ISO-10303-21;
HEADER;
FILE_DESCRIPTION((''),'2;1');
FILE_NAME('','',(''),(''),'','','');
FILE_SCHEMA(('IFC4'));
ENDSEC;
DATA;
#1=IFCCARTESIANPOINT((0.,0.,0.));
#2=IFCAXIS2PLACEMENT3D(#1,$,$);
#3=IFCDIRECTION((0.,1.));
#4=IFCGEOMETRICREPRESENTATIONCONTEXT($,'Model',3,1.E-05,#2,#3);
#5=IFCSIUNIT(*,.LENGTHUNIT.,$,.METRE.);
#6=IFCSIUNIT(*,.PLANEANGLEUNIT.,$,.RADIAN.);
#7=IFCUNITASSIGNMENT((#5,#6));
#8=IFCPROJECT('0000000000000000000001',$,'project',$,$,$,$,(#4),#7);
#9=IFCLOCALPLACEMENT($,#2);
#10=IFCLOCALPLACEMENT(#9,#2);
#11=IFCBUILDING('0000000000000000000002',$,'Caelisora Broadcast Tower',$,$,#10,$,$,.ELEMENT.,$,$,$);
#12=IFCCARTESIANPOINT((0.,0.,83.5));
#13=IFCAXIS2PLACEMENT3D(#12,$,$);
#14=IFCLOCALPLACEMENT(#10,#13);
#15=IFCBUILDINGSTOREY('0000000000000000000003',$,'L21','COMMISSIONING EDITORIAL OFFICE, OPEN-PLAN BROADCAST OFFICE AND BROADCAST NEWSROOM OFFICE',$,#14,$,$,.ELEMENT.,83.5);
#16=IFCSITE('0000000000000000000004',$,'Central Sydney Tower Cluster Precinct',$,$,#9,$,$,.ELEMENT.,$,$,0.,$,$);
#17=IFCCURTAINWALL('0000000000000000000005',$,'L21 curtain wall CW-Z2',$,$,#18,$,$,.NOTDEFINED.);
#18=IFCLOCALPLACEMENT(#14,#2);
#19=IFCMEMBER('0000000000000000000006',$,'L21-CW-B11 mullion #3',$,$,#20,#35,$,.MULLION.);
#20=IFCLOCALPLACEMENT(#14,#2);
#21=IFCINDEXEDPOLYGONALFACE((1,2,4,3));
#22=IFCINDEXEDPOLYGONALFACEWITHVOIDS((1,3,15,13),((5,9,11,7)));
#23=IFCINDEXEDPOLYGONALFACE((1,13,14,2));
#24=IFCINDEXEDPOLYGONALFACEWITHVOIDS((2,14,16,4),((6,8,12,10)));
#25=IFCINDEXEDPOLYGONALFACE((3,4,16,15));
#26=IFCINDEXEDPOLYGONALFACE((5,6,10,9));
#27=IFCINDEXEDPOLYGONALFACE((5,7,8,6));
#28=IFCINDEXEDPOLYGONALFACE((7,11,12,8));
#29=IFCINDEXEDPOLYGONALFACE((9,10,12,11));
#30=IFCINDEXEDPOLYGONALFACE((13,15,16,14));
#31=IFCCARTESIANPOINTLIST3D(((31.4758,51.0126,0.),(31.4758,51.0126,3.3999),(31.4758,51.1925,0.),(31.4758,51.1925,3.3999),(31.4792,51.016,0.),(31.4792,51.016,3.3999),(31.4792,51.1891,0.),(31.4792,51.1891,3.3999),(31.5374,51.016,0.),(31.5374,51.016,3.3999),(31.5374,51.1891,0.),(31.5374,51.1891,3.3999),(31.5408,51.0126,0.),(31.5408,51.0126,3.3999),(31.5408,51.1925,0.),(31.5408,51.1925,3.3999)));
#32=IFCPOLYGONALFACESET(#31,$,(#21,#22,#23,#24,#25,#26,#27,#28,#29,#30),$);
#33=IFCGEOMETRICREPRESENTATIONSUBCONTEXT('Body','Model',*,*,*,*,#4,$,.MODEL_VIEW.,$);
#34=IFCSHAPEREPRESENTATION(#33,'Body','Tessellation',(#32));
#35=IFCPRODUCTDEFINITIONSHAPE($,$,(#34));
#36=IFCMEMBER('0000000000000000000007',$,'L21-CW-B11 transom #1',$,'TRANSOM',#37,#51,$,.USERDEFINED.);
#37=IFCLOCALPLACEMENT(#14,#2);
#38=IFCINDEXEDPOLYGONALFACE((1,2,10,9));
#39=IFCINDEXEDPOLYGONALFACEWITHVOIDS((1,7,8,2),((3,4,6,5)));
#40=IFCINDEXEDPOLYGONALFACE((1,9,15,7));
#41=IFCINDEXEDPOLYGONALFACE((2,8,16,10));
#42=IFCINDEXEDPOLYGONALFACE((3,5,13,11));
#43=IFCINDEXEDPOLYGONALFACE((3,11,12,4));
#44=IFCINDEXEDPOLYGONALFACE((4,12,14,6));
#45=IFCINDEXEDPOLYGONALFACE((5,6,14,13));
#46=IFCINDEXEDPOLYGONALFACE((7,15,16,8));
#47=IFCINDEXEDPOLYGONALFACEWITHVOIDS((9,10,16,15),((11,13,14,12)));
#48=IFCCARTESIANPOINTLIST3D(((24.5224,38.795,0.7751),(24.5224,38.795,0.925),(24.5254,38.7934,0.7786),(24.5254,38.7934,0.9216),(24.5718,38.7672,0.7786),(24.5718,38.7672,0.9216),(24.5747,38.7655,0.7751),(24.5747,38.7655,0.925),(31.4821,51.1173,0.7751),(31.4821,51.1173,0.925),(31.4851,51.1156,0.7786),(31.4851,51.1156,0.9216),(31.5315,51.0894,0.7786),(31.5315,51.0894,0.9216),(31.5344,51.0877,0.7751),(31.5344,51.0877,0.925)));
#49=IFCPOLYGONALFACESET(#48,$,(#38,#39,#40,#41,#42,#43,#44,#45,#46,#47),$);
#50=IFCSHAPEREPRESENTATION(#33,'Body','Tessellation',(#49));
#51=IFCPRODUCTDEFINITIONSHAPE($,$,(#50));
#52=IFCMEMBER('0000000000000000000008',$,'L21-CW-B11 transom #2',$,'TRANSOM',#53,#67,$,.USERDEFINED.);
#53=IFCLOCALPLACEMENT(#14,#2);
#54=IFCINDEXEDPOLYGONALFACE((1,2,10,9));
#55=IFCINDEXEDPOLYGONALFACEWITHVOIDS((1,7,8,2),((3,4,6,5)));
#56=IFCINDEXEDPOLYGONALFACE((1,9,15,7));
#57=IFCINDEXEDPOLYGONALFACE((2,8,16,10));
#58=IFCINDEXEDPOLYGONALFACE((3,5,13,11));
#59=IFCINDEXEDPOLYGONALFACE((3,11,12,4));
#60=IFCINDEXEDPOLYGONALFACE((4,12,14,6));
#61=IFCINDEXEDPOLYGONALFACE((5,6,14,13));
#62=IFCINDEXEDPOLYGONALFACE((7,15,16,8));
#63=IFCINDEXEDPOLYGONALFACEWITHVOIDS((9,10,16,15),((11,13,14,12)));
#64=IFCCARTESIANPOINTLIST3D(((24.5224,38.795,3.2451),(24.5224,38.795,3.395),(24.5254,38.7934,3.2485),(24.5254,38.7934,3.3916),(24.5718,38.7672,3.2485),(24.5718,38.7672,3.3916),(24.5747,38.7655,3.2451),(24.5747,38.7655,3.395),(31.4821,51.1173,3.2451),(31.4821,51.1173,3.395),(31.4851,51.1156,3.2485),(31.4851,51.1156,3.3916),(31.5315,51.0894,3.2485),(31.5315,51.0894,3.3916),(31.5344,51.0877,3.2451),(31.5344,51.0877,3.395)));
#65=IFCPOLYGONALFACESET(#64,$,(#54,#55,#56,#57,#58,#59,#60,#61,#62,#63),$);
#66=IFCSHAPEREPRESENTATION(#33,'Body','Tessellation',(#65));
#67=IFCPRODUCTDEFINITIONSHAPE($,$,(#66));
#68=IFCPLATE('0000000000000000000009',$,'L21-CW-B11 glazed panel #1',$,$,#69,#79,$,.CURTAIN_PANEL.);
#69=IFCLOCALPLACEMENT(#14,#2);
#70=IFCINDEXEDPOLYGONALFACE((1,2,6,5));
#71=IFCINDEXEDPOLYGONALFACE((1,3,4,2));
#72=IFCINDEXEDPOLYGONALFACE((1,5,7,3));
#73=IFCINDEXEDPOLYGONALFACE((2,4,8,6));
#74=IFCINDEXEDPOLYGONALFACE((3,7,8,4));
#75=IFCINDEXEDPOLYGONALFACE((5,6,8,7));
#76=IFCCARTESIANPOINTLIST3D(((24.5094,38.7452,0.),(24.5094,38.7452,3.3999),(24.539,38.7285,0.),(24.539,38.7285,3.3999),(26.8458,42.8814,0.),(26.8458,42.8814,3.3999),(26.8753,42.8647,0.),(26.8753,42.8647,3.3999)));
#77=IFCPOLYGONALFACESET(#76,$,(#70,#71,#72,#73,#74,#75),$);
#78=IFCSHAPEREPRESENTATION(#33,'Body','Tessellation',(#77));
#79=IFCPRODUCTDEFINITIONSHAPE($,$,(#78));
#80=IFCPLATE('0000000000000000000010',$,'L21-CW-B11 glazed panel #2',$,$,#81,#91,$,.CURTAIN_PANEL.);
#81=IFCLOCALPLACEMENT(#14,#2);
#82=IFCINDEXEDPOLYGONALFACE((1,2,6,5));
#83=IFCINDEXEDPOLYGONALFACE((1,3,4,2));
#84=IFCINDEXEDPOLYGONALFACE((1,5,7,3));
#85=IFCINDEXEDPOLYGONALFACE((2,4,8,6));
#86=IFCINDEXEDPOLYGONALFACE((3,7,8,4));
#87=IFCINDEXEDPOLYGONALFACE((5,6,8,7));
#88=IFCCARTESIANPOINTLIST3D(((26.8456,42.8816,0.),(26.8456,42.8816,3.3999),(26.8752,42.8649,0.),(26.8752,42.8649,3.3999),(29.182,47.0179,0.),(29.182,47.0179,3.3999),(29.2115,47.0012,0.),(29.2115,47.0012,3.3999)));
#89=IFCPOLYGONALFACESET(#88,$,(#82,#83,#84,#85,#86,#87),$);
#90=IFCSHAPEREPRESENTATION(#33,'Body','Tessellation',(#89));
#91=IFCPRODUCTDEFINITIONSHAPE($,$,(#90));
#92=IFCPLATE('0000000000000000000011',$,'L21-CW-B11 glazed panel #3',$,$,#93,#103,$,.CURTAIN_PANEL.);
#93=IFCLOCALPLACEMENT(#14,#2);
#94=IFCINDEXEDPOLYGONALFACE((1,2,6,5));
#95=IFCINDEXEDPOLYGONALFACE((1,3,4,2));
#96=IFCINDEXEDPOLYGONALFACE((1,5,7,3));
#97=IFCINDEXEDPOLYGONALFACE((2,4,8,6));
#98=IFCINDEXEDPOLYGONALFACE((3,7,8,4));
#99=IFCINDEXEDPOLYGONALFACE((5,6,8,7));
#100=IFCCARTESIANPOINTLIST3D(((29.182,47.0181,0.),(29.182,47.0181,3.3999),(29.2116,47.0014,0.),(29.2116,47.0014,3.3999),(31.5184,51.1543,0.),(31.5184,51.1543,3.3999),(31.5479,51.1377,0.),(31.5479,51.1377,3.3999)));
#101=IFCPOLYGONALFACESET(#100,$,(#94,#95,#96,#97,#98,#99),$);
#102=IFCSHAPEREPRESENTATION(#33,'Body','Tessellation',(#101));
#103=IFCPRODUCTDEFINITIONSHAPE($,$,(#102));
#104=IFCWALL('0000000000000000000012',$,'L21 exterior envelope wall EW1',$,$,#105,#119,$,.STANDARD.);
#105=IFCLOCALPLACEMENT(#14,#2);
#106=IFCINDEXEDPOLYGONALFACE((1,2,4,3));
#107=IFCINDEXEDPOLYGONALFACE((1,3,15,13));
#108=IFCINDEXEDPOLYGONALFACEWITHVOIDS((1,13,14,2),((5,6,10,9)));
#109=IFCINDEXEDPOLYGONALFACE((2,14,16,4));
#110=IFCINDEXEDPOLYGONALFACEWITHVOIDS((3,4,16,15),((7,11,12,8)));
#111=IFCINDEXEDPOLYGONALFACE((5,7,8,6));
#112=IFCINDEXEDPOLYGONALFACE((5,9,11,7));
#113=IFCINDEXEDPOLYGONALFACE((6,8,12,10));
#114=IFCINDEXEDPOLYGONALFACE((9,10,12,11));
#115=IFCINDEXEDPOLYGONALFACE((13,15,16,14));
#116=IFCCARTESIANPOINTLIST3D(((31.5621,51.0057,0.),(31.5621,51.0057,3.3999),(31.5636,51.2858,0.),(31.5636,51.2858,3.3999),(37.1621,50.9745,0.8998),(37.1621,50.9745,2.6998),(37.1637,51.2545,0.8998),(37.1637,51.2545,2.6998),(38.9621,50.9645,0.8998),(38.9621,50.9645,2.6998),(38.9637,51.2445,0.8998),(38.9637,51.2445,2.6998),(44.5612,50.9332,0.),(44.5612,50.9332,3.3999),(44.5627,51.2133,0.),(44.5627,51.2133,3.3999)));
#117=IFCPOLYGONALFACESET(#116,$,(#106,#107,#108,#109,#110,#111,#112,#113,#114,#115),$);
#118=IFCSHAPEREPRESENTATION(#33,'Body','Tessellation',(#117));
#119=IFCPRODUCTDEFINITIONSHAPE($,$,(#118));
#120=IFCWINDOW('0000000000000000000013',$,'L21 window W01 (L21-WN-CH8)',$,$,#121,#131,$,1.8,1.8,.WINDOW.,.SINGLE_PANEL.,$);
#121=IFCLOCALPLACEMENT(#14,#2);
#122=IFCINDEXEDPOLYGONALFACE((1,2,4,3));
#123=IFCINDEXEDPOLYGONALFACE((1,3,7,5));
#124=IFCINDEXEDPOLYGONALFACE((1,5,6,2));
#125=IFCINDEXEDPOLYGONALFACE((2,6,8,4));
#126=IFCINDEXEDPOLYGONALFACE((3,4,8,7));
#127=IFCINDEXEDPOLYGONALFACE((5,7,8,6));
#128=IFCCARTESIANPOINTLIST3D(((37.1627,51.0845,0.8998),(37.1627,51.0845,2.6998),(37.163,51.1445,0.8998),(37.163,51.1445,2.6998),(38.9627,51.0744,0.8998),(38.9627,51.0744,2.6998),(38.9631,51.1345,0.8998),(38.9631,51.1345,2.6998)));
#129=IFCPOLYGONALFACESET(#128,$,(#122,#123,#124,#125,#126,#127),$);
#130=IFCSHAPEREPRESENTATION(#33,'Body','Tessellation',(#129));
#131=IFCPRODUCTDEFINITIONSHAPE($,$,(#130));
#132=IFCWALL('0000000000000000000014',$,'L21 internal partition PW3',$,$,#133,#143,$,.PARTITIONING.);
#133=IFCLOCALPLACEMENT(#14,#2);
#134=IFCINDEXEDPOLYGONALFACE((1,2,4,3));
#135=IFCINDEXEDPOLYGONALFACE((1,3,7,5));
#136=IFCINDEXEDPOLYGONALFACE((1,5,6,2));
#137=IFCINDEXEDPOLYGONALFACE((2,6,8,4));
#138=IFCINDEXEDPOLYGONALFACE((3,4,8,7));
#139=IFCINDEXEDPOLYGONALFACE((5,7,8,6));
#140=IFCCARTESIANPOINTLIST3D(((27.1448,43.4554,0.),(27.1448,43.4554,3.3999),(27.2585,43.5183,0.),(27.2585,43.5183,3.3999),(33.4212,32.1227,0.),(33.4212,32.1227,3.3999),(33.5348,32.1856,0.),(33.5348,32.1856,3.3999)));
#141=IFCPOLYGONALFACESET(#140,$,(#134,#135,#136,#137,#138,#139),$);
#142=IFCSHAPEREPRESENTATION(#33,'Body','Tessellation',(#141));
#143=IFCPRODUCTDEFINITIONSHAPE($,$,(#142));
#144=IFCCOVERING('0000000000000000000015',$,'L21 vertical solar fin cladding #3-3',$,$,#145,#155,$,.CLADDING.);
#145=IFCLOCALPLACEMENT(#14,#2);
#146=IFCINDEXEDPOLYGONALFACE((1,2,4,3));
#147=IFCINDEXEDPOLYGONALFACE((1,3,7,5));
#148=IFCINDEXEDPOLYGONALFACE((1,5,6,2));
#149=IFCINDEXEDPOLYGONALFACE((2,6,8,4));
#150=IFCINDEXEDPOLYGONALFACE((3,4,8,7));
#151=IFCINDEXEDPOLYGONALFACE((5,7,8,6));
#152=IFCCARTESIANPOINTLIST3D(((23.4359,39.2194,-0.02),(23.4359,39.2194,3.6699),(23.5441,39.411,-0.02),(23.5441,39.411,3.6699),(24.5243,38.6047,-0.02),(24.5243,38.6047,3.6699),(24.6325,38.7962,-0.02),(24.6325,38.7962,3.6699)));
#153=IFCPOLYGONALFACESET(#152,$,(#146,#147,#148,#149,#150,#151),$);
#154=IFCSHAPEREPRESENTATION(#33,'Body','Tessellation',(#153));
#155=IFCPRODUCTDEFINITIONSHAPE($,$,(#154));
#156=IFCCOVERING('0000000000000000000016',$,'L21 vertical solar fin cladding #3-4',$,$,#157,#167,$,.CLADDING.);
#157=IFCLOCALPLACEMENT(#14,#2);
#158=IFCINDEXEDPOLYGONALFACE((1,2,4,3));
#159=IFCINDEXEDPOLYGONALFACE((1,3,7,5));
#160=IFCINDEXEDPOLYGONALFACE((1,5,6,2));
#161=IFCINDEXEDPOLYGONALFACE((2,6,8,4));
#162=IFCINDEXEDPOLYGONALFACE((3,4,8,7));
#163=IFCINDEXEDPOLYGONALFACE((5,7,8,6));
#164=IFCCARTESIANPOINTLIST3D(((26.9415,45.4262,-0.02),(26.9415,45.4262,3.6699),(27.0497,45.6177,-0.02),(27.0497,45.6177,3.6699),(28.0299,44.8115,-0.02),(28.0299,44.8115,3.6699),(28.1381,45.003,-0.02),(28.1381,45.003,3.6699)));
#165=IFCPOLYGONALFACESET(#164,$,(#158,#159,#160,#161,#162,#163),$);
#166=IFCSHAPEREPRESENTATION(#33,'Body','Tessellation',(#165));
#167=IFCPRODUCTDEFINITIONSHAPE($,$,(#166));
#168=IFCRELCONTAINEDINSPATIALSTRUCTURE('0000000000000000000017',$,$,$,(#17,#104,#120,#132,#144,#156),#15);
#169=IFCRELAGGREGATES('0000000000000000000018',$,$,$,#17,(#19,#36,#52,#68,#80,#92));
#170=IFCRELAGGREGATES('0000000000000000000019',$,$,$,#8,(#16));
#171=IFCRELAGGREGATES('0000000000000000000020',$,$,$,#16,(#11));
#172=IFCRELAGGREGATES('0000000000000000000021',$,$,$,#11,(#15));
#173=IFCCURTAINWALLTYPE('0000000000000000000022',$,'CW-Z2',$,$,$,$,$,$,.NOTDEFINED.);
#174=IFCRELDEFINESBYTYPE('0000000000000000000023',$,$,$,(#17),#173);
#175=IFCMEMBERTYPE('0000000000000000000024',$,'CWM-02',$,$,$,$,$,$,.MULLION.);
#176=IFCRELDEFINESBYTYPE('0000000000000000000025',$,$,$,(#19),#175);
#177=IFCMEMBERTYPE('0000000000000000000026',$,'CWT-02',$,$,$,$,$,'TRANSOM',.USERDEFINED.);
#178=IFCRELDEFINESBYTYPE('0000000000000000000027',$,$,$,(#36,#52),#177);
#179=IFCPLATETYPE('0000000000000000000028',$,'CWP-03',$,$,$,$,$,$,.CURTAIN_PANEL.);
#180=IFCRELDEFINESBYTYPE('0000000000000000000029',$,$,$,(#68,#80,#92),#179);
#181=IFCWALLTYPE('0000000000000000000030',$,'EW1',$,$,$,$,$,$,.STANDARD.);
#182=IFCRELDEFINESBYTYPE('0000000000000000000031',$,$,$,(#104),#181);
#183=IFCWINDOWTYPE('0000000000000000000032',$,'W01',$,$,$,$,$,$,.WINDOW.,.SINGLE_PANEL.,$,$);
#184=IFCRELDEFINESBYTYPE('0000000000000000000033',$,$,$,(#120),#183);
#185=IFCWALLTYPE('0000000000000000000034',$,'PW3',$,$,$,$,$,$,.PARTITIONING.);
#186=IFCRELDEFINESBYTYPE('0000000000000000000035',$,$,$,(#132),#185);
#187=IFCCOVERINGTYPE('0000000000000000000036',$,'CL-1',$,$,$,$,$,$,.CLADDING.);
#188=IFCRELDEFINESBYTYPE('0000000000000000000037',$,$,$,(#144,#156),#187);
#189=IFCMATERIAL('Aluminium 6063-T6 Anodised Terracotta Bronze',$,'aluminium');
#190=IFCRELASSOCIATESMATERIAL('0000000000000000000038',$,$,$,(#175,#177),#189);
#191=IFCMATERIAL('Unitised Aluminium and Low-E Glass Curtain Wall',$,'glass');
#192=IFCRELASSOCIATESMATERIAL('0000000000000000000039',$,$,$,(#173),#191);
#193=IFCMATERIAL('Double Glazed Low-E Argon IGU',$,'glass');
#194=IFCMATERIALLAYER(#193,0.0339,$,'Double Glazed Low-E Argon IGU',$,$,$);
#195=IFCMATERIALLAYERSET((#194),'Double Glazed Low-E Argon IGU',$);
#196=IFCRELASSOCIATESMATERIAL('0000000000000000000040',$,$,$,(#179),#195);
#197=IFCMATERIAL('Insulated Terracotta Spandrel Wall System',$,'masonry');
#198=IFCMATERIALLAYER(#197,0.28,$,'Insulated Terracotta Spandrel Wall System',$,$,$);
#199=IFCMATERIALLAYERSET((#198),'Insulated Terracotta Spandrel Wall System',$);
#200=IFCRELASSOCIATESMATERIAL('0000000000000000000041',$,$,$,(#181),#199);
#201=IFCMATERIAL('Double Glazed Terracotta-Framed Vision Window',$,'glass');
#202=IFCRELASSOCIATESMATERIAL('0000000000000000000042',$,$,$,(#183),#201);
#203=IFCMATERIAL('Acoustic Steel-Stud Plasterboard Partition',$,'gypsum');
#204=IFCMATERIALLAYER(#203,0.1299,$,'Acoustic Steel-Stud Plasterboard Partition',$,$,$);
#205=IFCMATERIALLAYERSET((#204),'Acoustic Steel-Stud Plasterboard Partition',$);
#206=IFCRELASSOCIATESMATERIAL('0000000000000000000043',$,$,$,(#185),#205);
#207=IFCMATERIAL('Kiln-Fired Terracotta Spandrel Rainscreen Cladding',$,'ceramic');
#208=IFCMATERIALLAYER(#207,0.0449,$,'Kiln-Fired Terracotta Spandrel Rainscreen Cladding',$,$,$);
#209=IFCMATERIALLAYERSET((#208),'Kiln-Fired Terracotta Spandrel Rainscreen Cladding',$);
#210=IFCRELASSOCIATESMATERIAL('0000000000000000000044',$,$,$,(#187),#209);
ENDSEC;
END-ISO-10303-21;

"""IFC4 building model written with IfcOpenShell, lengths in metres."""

from ifc_helpers import new_model, si_unit, direction, frame, frame_2d, origin, origin_2d, place, context, subcontext, project, spatial, rectangle, hollow_rectangle, extrude, source, transform, mapped, material, layer, layer_set, material_profile, profile_set, type_object, type_shapes, element, fill, aggregate, save


model = new_model("IFC4")

# Units and contexts
model_context = context("Model", 3, precision=1e-05, world=origin(), true_north=direction((0.0, 1.0)))
body_context = subcontext(model_context, "Body", "Model", "MODEL_VIEW")
ifc_project = project(units=[si_unit("LENGTHUNIT", "METRE"), si_unit("PLANEANGLEUNIT", "RADIAN")], contexts=[model_context])

# Site, building, storey
site_placement = place(None, origin())
site = spatial("IfcSite", under=ifc_project, at=site_placement, Name="Central Sydney Tower Cluster Precinct", CompositionType="ELEMENT", RefElevation=0.0)
building_placement = place(site_placement, origin())
building = spatial("IfcBuilding", under=site, at=building_placement, Name="Caelisora Broadcast Tower", CompositionType="ELEMENT")
storey_placement = place(building_placement, frame((0.0, 0.0, 83.5)))
storey = spatial("IfcBuildingStorey", under=building, at=storey_placement, Name="L21", Description="COMMISSIONING EDITORIAL OFFICE, OPEN-PLAN BROADCAST OFFICE AND BROADCAST NEWSROOM OFFICE", CompositionType="ELEMENT", Elevation=83.5)

# Shared definitions
ifc_material_1 = material(Name="Aluminium 6063-T6 Anodised Terracotta Bronze", Category="aluminium")
ifc_material_profile_1 = material_profile(ifc_material_1, hollow_rectangle(XDim=0.0649, YDim=0.1799, WallThickness=0.0034, at=origin_2d()), Name="Aluminium 6063-T6 Anodised Terracotta Bronze")
ifc_profile_set_1 = profile_set([ifc_material_profile_1], Name="Aluminium 6063-T6 Anodised Terracotta Bronze")
member_type_1 = type_object("IfcMemberType", Name="CWM-02", PredefinedType="MULLION", material=ifc_profile_set_1)
shared_shape_1 = source(origin(), body_context, "Body", "SweptSolid", [
    extrude(hollow_rectangle(XDim=0.0649, YDim=0.1799, WallThickness=0.0034, at=origin_2d()), origin(), (0.0, 0.0, 1.0), 3.3999),
])
type_shapes(member_type_1, [shared_shape_1])

# Curtain wall, members, plates
ifc_material_2 = material(Name="Unitised Aluminium and Low-E Glass Curtain Wall", Category="glass")
curtain_wall_type_1 = type_object("IfcCurtainWallType", Name="CW-Z2", PredefinedType="NOTDEFINED", material=ifc_material_2)
curtain_wall_1_placement = place(storey_placement, origin())
curtain_wall_1 = element("IfcCurtainWall", 1, at=curtain_wall_1_placement, inside=storey, type_object=curtain_wall_type_1, Name="L21 curtain wall CW-Z2", PredefinedType="NOTDEFINED")
member_1_placement = place(storey_placement, frame((31.5083, 51.1025, 0.0), z_axis=(0.0, 0.0, 1.0), x_axis=(1.0, 0.0, 0.0)))
member_1 = element("IfcMember", 2, at=member_1_placement, type_object=member_type_1, Name="L21-CW-B11 mullion #3", PredefinedType="MULLION", context=body_context, shape_type="MappedRepresentation", body=[
    mapped(shared_shape_1, transform((0.0, 0.0, 0.0), scale=1.0)),
])
ifc_material_profile_2 = material_profile(ifc_material_1, hollow_rectangle(XDim=0.0601, YDim=0.1499, WallThickness=0.0034, at=origin_2d()), Name="Aluminium 6063-T6 Anodised Terracotta Bronze")
ifc_profile_set_2 = profile_set([ifc_material_profile_2], Name="Aluminium 6063-T6 Anodised Terracotta Bronze")
member_type_2 = type_object("IfcMemberType", Name="CWT-02", ElementType="TRANSOM", PredefinedType="USERDEFINED", material=ifc_profile_set_2)
shared_shape_2 = source(origin(), body_context, "Body", "SweptSolid", [
    extrude(hollow_rectangle(XDim=0.0601, YDim=0.1499, WallThickness=0.0034, at=origin_2d()), origin(), (0.0, 0.0, 1.0), 14.1519),
])
type_shapes(member_type_2, [shared_shape_2])
member_2_placement = place(storey_placement, frame((24.5486, 38.7803, 0.8501), z_axis=(0.491787, 0.870715, 0.0), x_axis=(-0.870715, 0.491787, 0.0)))
member_2 = element("IfcMember", 3, at=member_2_placement, type_object=member_type_2, Name="L21-CW-B11 transom #1", ObjectType="TRANSOM", PredefinedType="USERDEFINED", context=body_context, shape_type="MappedRepresentation", body=[
    mapped(shared_shape_2, transform((0.0, 0.0, 0.0), scale=1.0)),
])
member_3_placement = place(storey_placement, frame((24.5486, 38.7803, 3.3201), z_axis=(0.491787, 0.870715, 0.0), x_axis=(-0.870715, 0.491787, 0.0)))
member_3 = element("IfcMember", 4, at=member_3_placement, type_object=member_type_2, Name="L21-CW-B11 transom #2", ObjectType="TRANSOM", PredefinedType="USERDEFINED", context=body_context, shape_type="MappedRepresentation", body=[
    mapped(shared_shape_2, transform((0.0, 0.0, 0.0), scale=1.0)),
])
ifc_material_3 = material(Name="Double Glazed Low-E Argon IGU", Category="glass")
ifc_layer_1 = layer(ifc_material_3, 0.0339, Name="Double Glazed Low-E Argon IGU")
ifc_layer_set_1 = layer_set([ifc_layer_1], Name="Double Glazed Low-E Argon IGU")
plate_type = type_object("IfcPlateType", Name="CWP-03", PredefinedType="CURTAIN_PANEL", material=ifc_layer_set_1)
shared_shape_3 = source(origin(), body_context, "Body", "SweptSolid", [
    extrude(rectangle(XDim=4.7505, YDim=0.0339, at=origin_2d()), origin(), (0.0, 0.0, 1.0), 3.3999),
])
type_shapes(plate_type, [shared_shape_3])
plate_1_placement = place(storey_placement, frame((25.6924, 40.8049, 0.0), z_axis=(0.0, 0.0, 1.0), x_axis=(0.491816, 0.870699, 0.0)))
plate_1 = element("IfcPlate", 5, at=plate_1_placement, type_object=plate_type, Name="L21-CW-B11 glazed panel #1", PredefinedType="CURTAIN_PANEL", context=body_context, shape_type="MappedRepresentation", body=[
    mapped(shared_shape_3, transform((0.0, 0.0, 0.0), scale=1.0)),
])
plate_2_placement = place(storey_placement, frame((28.0286, 44.9414, 0.0), z_axis=(0.0, 0.0, 1.0), x_axis=(0.491816, 0.870699, 0.0)))
plate_2 = element("IfcPlate", 6, at=plate_2_placement, type_object=plate_type, Name="L21-CW-B11 glazed panel #2", PredefinedType="CURTAIN_PANEL", context=body_context, shape_type="MappedRepresentation", body=[
    mapped(shared_shape_3, transform((0.0, 0.0, 0.0), scale=1.0)),
])
plate_3_placement = place(storey_placement, frame((30.365, 49.0779, 0.0), z_axis=(0.0, 0.0, 1.0), x_axis=(0.491816, 0.870699, 0.0)))
plate_3 = element("IfcPlate", 7, at=plate_3_placement, type_object=plate_type, Name="L21-CW-B11 glazed panel #3", PredefinedType="CURTAIN_PANEL", context=body_context, shape_type="MappedRepresentation", body=[
    mapped(shared_shape_3, transform((0.0, 0.0, 0.0), scale=1.0)),
])
aggregate(curtain_wall_1, [member_1, member_2, member_3, plate_1, plate_2, plate_3])

# Wall, opening, window
ifc_material_4 = material(Name="Insulated Terracotta Spandrel Wall System", Category="masonry")
ifc_layer_2 = layer(ifc_material_4, 0.28, Name="Insulated Terracotta Spandrel Wall System")
ifc_layer_set_2 = layer_set([ifc_layer_2], Name="Insulated Terracotta Spandrel Wall System")
wall_type_1 = type_object("IfcWallType", Name="EW1", PredefinedType="STANDARD", material=ifc_layer_set_2)
wall_1_placement = place(storey_placement, frame((31.563, 51.1458, 0.0), z_axis=(0.0, 0.0, 1.0), x_axis=(0.999984, -0.005578, 0.0)))
wall_1 = element("IfcWall", 8, at=wall_1_placement, inside=storey, type_object=wall_type_1, Name="L21 exterior envelope wall EW1", PredefinedType="STANDARD", context=body_context, shape_type="SweptSolid", body=[
    extrude(rectangle(XDim=12.9993, YDim=0.28, at=frame_2d((6.4995, 0.0))), origin(), (0.0, 0.0, 1.0), 3.3999),
])
opening_placement = place(wall_1_placement, frame((5.6001, 0.0, 0.8999)))
opening = element("IfcOpeningElement", 9, at=opening_placement, cuts=wall_1, PredefinedType="OPENING", context=body_context, shape_type="SweptSolid", body=[
    extrude(rectangle(XDim=1.8, YDim=1.8, at=frame_2d((0.8999, 0.8999))), frame((0.0, 0.1521, 0.0), z_axis=(0.0, -1.0, 0.0), x_axis=(1.0, 0.0, 0.0)), (0.0, 0.0, 1.0), 0.304),
])
ifc_material_5 = material(Name="Double Glazed Terracotta-Framed Vision Window", Category="glass")
window_type = type_object("IfcWindowType", Name="W01", PartitioningType="SINGLE_PANEL", PredefinedType="WINDOW", material=ifc_material_5)
window_placement = place(opening_placement, origin())
window = element("IfcWindow", 10, at=window_placement, inside=storey, type_object=window_type, Name="L21 window W01 (L21-WN-CH8)", OverallHeight=1.8, OverallWidth=1.8, PartitioningType="SINGLE_PANEL", PredefinedType="WINDOW", context=body_context, shape_type="SweptSolid", body=[
    extrude(rectangle(XDim=1.8, YDim=1.8, at=frame_2d((0.8999, 0.8999))), frame((0.0, 0.03, 0.0), z_axis=(0.0, -1.0, 0.0), x_axis=(1.0, 0.0, 0.0)), (0.0, 0.0, 1.0), 0.0601),
])
fill(opening, window)

# Wall
ifc_material_6 = material(Name="Acoustic Steel-Stud Plasterboard Partition", Category="gypsum")
ifc_layer_3 = layer(ifc_material_6, 0.1299, Name="Acoustic Steel-Stud Plasterboard Partition")
ifc_layer_set_3 = layer_set([ifc_layer_3], Name="Acoustic Steel-Stud Plasterboard Partition")
wall_type_2 = type_object("IfcWallType", Name="PW3", PredefinedType="PARTITIONING", material=ifc_layer_set_3)
wall_2_placement = place(storey_placement, frame((27.2017, 43.4868, 0.0), z_axis=(0.0, 0.0, 1.0), x_axis=(0.484486, -0.874799, 0.0)))
element("IfcWall", 11, at=wall_2_placement, inside=storey, type_object=wall_type_2, Name="L21 internal partition PW3", PredefinedType="PARTITIONING", context=body_context, shape_type="SweptSolid", body=[
    extrude(rectangle(XDim=12.9546, YDim=0.1299, at=frame_2d((6.4773, 0.0))), origin(), (0.0, 0.0, 1.0), 3.3999),
])

# Coverings
ifc_material_7 = material(Name="Kiln-Fired Terracotta Spandrel Rainscreen Cladding", Category="ceramic")
ifc_layer_4 = layer(ifc_material_7, 0.0449, Name="Kiln-Fired Terracotta Spandrel Rainscreen Cladding")
ifc_layer_set_4 = layer_set([ifc_layer_4], Name="Kiln-Fired Terracotta Spandrel Rainscreen Cladding")
covering_type = type_object("IfcCoveringType", Name="CL-1", PredefinedType="CLADDING", material=ifc_layer_set_4)
shared_shape_4 = source(origin(), body_context, "Body", "SweptSolid", [
    extrude(rectangle(XDim=0.22, YDim=1.25, at=origin_2d()), origin(), (0.0, 0.0, 1.0), 3.6899),
])
type_shapes(covering_type, [shared_shape_4])
for number, where, z_axis, x_axis, name in (
    (12, (24.0342, 39.0078, -0.02), (0.0, 0.0, 1.0), (0.491816, 0.870699, 0.0), "L21 vertical solar fin cladding #3-3"),
    (13, (27.5398, 45.2146, -0.02), (0.0, 0.0, 1.0), (0.491816, 0.870699, 0.0), "L21 vertical solar fin cladding #3-4"),
):
    element("IfcCovering", number, at=place(storey_placement, frame(where, z_axis=z_axis, x_axis=x_axis)), inside=storey, type_object=covering_type, Name=name, PredefinedType="CLADDING", context=body_context, shape_type="MappedRepresentation", body=[
        mapped(shared_shape_4, transform((0.0, 0.0, 0.0), scale=1.0)),
    ])

save(model, "model.ifc")
